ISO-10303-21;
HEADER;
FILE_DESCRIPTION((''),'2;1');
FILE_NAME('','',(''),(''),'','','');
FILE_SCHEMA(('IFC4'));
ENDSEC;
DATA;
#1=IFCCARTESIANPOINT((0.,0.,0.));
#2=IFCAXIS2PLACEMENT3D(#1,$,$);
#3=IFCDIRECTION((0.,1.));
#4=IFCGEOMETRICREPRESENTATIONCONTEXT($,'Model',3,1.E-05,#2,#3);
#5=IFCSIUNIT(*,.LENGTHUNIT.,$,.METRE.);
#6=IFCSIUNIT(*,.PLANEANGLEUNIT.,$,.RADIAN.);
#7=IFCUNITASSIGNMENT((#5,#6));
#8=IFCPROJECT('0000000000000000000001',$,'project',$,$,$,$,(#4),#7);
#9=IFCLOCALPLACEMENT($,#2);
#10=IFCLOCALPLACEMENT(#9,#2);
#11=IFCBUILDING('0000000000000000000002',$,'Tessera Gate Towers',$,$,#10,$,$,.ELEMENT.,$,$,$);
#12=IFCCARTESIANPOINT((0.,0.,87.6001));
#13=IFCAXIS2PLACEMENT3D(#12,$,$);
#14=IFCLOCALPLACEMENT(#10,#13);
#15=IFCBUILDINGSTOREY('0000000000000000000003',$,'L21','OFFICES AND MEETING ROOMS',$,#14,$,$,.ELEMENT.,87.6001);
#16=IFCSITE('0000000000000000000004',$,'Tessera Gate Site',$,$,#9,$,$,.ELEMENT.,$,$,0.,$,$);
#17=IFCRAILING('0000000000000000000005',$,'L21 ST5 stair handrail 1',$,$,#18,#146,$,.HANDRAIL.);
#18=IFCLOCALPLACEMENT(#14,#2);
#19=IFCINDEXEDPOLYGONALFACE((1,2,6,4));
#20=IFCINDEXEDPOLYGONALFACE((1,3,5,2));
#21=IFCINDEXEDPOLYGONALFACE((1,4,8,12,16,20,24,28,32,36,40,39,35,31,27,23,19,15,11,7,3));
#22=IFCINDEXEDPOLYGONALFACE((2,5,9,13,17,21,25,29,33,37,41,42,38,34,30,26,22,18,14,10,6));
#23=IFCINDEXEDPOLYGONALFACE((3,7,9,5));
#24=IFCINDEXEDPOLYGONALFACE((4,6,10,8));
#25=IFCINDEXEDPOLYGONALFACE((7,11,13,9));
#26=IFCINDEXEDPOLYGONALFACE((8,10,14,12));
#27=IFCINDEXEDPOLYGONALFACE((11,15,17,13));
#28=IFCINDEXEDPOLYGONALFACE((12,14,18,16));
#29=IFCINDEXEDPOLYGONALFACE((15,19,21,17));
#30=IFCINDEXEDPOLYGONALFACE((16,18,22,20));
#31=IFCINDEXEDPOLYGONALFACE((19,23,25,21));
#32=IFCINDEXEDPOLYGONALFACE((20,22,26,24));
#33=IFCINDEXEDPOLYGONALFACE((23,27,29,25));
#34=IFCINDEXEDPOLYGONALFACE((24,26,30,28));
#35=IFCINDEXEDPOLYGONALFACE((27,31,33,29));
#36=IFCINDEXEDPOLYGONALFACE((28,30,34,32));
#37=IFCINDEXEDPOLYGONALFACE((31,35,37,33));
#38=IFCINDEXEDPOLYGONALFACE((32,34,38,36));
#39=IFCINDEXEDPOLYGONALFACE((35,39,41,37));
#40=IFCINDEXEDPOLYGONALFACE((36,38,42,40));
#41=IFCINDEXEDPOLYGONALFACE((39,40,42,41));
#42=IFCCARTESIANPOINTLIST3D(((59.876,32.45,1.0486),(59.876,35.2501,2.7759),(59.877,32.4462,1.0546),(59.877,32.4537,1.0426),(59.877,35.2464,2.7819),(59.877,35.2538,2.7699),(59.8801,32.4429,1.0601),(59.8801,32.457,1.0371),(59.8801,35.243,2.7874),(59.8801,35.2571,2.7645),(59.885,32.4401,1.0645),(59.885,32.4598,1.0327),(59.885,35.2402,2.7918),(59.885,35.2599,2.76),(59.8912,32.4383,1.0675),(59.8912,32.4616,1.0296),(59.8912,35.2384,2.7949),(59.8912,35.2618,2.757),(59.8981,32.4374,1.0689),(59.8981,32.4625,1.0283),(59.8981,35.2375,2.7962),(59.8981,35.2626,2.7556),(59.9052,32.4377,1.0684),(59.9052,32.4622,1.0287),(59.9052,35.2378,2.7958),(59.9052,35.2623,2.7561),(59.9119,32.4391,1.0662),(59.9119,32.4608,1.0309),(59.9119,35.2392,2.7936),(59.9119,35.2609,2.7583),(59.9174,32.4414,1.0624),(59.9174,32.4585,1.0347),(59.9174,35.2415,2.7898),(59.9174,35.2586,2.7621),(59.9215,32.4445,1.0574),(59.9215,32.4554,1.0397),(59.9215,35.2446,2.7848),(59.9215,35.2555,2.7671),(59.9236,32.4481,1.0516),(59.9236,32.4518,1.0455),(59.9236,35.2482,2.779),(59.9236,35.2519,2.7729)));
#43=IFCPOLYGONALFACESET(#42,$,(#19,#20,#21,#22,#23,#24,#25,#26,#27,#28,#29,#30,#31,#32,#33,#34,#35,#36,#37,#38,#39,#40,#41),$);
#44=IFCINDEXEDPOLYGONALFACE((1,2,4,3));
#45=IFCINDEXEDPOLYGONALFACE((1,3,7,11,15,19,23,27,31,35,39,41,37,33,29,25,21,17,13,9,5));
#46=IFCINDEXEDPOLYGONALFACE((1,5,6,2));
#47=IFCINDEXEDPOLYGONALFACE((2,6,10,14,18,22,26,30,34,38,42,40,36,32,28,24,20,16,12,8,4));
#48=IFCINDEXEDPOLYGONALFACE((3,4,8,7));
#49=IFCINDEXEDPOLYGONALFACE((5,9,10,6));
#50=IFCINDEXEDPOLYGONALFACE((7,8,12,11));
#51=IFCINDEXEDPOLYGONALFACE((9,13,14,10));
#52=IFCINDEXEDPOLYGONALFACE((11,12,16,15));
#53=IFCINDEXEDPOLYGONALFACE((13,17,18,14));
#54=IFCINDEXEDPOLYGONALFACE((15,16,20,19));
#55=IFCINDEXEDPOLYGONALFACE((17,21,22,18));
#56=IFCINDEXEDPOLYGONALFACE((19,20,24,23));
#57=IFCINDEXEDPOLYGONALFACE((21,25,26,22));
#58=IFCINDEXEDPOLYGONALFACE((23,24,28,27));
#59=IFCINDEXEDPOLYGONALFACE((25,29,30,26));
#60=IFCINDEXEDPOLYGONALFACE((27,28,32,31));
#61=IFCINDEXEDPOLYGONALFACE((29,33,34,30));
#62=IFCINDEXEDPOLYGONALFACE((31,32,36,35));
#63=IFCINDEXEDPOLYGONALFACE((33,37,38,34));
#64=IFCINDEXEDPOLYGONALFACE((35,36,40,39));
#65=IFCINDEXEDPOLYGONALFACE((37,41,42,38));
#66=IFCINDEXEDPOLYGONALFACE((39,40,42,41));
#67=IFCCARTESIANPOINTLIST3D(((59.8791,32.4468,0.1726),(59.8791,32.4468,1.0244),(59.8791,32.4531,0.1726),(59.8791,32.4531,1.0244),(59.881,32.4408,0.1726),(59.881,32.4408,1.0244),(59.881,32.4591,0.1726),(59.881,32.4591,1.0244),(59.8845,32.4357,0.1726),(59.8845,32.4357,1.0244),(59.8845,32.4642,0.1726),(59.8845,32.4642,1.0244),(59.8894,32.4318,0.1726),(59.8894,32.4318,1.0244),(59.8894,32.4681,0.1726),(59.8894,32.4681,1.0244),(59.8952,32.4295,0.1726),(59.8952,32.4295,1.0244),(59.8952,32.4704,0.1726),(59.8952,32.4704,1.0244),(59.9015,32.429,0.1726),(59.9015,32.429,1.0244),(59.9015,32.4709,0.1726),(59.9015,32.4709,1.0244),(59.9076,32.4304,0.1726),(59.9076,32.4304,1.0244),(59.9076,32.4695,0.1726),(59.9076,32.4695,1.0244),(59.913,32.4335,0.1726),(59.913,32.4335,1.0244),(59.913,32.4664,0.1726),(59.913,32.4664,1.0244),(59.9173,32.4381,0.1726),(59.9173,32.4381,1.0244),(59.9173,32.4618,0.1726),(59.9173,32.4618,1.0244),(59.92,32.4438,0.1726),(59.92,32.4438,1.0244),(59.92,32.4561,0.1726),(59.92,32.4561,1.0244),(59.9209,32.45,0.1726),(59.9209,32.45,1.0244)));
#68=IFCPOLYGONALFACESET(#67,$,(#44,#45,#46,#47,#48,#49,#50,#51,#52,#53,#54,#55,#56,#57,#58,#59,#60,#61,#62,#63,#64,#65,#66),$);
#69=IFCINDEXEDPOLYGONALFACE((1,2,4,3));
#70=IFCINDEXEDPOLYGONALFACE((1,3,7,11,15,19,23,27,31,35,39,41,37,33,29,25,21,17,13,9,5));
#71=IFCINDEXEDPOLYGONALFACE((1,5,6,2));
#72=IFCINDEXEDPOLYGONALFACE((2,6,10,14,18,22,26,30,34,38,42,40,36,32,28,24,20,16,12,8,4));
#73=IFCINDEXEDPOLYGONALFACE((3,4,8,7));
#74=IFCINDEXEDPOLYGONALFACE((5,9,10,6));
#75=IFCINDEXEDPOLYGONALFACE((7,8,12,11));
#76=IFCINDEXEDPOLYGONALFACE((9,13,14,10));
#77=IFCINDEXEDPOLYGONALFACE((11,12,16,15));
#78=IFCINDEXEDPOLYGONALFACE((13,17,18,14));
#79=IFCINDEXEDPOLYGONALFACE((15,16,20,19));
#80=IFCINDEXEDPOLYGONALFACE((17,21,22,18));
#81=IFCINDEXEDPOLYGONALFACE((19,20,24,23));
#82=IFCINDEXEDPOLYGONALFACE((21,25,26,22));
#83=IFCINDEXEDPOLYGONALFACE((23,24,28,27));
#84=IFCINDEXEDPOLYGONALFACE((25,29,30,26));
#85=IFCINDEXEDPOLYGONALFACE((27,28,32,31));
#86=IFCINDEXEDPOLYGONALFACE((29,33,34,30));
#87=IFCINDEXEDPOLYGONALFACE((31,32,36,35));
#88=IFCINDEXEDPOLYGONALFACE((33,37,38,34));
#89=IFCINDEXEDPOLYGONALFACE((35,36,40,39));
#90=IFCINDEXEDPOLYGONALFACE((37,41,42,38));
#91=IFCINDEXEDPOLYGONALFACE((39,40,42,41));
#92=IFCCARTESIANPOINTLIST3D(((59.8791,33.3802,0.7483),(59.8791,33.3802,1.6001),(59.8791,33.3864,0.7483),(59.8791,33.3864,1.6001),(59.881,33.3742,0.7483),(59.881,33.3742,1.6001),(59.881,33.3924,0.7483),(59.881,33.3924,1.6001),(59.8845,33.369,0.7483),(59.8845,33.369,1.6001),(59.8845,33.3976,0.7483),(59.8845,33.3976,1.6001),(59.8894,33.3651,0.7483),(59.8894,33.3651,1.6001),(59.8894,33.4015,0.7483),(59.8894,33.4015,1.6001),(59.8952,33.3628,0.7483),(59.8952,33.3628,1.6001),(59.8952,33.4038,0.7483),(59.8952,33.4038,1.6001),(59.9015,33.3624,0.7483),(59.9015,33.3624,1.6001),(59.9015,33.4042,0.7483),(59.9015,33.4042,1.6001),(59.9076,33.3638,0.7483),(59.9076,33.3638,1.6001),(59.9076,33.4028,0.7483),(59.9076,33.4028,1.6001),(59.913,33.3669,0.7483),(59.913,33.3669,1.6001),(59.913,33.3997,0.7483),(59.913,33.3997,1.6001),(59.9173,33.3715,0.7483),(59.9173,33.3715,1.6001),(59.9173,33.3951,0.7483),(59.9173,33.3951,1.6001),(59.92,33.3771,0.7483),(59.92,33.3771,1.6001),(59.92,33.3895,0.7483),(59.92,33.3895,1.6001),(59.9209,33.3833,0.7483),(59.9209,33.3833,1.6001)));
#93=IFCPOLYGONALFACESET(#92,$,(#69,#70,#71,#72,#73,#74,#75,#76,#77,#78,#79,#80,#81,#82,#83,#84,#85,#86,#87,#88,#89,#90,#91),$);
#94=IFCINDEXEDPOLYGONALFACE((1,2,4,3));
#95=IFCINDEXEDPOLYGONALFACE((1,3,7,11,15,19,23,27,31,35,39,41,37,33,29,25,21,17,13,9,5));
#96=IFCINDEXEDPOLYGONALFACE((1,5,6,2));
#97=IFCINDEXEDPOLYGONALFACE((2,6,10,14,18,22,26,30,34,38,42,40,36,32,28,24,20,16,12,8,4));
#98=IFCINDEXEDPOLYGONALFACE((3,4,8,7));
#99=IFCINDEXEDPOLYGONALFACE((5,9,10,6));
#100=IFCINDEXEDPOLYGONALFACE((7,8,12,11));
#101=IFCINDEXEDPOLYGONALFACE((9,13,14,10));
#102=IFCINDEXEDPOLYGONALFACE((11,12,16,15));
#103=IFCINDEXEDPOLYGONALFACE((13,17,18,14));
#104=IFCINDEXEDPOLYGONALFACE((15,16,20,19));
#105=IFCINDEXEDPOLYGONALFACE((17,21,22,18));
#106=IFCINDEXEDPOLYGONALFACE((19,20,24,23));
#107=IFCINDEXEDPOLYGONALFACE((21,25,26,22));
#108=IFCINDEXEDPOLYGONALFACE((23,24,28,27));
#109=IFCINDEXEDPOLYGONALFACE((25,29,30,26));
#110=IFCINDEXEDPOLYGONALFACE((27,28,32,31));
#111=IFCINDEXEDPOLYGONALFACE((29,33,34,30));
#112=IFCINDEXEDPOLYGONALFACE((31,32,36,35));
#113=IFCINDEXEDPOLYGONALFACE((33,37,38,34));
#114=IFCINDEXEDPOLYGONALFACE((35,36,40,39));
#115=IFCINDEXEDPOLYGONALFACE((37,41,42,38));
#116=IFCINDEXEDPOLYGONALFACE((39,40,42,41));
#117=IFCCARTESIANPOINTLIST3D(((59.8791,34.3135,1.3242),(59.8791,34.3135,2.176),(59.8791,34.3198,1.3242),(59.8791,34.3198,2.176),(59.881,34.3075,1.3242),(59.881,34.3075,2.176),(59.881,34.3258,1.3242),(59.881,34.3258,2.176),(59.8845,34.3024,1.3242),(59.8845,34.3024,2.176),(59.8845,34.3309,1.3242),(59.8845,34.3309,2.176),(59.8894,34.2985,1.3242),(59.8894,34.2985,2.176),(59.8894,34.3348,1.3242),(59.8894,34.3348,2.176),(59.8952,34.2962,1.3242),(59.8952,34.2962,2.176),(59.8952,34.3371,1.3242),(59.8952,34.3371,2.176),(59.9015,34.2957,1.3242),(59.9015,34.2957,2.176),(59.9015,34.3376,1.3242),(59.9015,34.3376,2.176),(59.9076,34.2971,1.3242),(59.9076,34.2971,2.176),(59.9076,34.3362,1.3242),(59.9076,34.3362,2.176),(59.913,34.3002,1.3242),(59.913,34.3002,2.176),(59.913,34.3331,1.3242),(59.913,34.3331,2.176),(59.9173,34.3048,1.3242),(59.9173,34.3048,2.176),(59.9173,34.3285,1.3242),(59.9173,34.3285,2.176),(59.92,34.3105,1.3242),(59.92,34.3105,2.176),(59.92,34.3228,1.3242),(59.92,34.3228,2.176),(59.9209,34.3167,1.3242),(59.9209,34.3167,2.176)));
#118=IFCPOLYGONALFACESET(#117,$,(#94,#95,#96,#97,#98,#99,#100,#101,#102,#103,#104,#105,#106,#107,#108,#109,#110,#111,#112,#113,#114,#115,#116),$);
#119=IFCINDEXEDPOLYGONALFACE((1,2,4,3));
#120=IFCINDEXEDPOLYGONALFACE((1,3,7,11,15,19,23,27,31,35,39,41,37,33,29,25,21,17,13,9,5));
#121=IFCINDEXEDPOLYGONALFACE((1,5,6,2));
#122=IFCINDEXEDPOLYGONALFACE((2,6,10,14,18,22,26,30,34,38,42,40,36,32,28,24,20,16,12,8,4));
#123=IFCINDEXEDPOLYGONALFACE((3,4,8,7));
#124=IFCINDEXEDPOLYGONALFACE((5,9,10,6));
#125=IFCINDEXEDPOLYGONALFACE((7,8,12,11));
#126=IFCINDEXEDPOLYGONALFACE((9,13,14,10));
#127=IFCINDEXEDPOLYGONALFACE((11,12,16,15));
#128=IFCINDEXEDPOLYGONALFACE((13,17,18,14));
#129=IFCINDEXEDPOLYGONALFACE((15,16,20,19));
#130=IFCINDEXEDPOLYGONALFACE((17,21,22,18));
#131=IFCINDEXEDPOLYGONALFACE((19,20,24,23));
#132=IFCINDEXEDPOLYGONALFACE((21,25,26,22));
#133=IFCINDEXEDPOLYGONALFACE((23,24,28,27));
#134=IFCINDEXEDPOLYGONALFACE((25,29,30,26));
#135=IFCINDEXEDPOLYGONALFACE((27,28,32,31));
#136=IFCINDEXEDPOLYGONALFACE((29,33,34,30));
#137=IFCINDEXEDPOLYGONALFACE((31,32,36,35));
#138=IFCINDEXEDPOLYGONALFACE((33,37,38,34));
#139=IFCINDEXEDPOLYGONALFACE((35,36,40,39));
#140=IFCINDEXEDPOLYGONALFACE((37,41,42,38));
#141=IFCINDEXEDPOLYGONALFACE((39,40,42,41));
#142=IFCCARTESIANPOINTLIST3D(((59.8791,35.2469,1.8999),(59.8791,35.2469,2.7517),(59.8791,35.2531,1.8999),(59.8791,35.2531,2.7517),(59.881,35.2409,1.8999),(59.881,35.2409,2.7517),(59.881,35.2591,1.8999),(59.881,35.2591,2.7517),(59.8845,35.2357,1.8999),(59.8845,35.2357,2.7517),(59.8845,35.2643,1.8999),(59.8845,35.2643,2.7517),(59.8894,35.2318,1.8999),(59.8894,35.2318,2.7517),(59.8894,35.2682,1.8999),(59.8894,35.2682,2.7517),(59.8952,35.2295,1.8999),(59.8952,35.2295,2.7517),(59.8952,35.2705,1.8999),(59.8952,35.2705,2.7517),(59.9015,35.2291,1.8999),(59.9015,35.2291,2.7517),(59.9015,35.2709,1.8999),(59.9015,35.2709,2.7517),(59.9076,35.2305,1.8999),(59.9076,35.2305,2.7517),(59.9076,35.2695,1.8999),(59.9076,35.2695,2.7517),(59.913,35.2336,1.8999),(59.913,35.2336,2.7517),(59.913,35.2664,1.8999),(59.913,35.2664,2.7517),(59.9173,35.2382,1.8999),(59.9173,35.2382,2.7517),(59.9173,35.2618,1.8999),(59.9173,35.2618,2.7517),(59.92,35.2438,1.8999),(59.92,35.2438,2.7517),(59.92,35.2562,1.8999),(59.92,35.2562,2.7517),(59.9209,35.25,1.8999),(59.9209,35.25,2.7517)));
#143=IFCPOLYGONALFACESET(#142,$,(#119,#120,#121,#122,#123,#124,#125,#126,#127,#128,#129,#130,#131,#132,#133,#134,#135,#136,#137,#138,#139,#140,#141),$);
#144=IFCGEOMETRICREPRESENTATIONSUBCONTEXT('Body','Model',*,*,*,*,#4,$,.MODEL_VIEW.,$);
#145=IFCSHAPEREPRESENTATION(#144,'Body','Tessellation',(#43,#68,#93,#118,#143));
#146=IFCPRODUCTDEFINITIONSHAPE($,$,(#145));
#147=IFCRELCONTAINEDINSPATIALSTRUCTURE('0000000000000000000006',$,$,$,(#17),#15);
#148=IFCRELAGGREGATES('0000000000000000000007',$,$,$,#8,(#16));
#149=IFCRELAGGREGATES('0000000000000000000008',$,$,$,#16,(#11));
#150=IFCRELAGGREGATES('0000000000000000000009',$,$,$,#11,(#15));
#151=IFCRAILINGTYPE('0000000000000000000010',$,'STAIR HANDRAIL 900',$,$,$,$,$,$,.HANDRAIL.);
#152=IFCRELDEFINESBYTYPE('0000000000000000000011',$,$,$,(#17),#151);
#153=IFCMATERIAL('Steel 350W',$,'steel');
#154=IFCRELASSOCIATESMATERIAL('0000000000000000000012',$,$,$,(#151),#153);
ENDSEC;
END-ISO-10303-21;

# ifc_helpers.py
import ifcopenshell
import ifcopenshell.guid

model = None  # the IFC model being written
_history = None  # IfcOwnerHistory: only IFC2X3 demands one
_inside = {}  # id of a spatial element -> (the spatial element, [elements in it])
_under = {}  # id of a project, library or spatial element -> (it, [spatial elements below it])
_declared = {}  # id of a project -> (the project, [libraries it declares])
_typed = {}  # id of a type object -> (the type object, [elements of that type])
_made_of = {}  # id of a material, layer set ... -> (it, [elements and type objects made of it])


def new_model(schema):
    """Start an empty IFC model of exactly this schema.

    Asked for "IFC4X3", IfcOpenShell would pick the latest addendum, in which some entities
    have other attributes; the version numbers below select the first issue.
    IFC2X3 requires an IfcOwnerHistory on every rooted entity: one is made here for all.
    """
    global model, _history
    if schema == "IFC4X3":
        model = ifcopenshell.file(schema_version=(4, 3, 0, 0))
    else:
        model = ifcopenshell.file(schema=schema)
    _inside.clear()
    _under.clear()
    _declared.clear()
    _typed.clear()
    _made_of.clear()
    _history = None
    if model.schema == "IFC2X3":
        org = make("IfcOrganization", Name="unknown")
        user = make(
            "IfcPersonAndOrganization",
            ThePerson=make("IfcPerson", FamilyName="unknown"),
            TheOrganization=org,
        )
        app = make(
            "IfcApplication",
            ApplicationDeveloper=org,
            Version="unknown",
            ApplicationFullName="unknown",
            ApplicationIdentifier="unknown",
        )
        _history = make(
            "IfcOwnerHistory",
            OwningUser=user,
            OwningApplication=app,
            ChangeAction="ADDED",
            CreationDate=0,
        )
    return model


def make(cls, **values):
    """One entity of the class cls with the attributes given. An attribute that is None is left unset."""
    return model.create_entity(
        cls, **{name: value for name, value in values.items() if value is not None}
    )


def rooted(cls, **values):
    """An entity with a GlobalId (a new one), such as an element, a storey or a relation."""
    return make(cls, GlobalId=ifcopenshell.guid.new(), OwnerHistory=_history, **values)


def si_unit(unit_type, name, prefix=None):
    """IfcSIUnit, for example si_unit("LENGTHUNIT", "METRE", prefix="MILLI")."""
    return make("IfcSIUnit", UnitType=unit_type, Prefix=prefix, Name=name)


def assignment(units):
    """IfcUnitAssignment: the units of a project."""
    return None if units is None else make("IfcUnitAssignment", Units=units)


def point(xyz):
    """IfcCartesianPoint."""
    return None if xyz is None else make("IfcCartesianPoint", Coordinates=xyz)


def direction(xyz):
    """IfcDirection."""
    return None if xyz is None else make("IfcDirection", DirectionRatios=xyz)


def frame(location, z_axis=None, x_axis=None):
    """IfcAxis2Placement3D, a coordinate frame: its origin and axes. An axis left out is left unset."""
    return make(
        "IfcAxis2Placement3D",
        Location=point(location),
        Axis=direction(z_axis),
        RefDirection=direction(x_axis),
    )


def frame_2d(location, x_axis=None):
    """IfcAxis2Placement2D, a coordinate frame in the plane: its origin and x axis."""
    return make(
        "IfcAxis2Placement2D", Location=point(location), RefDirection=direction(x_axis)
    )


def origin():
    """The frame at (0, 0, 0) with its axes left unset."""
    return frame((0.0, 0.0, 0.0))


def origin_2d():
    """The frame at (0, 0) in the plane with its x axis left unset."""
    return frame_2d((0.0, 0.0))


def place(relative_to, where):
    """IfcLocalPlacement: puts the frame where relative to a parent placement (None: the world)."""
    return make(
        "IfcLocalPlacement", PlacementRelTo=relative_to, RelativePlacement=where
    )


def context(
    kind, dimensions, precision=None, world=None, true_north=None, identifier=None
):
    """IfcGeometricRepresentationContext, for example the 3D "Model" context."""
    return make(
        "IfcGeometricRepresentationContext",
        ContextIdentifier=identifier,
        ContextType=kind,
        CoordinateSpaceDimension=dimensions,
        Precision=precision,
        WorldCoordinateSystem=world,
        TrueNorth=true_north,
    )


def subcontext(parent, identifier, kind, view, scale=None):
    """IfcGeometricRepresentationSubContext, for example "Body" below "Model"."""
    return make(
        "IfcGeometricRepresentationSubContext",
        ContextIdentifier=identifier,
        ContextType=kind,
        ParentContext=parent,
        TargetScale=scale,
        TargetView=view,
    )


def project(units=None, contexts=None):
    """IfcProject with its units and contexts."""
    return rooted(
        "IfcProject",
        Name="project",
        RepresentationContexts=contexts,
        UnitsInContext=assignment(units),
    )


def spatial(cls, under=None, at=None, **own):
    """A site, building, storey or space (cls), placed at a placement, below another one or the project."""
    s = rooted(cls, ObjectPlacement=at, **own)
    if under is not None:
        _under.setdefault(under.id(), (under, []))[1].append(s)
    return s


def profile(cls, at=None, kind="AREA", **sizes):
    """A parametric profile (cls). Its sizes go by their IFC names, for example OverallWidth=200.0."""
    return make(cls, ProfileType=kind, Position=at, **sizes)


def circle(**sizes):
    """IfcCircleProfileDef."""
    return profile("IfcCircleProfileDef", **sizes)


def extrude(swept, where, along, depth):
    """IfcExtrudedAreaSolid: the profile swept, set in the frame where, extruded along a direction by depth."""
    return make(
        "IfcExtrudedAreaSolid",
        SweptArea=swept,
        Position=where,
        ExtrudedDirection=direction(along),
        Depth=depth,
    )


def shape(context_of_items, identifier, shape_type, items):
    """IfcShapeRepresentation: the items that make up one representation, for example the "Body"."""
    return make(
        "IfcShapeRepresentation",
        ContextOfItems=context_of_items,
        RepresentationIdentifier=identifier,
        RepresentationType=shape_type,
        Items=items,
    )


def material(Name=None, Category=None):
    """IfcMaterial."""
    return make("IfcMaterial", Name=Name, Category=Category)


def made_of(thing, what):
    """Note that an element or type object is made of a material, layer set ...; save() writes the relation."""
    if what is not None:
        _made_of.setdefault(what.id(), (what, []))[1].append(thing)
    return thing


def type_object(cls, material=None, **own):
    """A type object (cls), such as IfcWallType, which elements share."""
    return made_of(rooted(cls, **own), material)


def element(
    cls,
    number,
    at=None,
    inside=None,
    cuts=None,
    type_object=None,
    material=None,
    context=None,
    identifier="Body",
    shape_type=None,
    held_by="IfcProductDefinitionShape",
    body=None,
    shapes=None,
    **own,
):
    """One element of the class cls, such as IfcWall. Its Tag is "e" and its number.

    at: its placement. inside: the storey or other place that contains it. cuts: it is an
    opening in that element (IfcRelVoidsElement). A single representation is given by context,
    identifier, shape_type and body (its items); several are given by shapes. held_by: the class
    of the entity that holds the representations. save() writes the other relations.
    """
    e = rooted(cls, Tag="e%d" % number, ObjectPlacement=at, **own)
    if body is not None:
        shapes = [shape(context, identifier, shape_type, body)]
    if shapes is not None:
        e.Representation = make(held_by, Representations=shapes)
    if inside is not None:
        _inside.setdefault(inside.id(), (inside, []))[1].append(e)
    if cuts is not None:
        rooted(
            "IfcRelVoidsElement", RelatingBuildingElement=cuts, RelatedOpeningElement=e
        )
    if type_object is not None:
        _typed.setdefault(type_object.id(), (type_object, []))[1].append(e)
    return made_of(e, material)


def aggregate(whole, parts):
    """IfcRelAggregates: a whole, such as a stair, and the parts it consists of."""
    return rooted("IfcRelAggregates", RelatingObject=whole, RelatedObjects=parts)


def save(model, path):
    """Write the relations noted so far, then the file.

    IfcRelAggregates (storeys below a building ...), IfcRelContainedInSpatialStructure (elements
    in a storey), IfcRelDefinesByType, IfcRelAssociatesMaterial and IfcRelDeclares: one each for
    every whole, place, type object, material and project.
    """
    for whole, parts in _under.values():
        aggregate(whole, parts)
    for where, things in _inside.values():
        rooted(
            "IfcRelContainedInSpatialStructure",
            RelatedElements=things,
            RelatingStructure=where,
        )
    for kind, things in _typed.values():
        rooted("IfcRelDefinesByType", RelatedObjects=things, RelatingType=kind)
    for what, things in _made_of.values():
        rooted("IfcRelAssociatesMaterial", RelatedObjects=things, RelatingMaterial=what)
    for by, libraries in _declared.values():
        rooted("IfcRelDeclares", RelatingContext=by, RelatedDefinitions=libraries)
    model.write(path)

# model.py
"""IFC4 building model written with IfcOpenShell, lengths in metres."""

from ifc_helpers import new_model, si_unit, direction, frame, origin, origin_2d, place, context, subcontext, project, spatial, circle, extrude, material, type_object, element, save


model = new_model("IFC4")

# Units and contexts
model_context = context("Model", 3, precision=1e-05, world=origin(), true_north=direction((0.0, 1.0)))
body_context = subcontext(model_context, "Body", "Model", "MODEL_VIEW")
ifc_project = project(units=[si_unit("LENGTHUNIT", "METRE"), si_unit("PLANEANGLEUNIT", "RADIAN")], contexts=[model_context])

# Site, building, storey
site_placement = place(None, origin())
site = spatial("IfcSite", under=ifc_project, at=site_placement, Name="Tessera Gate Site", CompositionType="ELEMENT", RefElevation=0.0)
building_placement = place(site_placement, origin())
building = spatial("IfcBuilding", under=site, at=building_placement, Name="Tessera Gate Towers", CompositionType="ELEMENT")
storey_placement = place(building_placement, frame((0.0, 0.0, 87.6001)))
storey = spatial("IfcBuildingStorey", under=building, at=storey_placement, Name="L21", Description="OFFICES AND MEETING ROOMS", CompositionType="ELEMENT", Elevation=87.6001)

# Railing
ifc_material_1 = material(Name="Steel 350W", Category="steel")
railing_type_1 = type_object("IfcRailingType", Name="STAIR HANDRAIL 900", PredefinedType="HANDRAIL", material=ifc_material_1)
for number, where, name in (
    (1, (59.8999, 32.45, 0.1726), "L21 ST5 stair handrail 1"),
):
    element("IfcRailing", number, at=place(storey_placement, frame(where)), inside=storey, type_object=railing_type_1, Name=name, PredefinedType="HANDRAIL", context=body_context, shape_type="SweptSolid", body=[
        extrude(circle(Radius=0.0239, at=origin_2d()), frame((0.0, 0.0, 0.876), z_axis=(0.0, 0.85109, 0.52502), x_axis=(-1.0, 0.0, 0.0)), (0.0, 0.0, 1.0), 3.29),
        extrude(circle(Radius=0.021, at=origin_2d()), origin(), (0.0, 0.0, 1.0), 0.8518),
        extrude(circle(Radius=0.021, at=origin_2d()), frame((0.0, 0.9333, 0.5757)), (0.0, 0.0, 1.0), 0.8518),
        extrude(circle(Radius=0.021, at=origin_2d()), frame((0.0, 1.8667, 1.1516)), (0.0, 0.0, 1.0), 0.8518),
        extrude(circle(Radius=0.021, at=origin_2d()), frame((0.0, 2.8, 1.7273)), (0.0, 0.0, 1.0), 0.8518),
    ])

save(model, "model.ifc")
